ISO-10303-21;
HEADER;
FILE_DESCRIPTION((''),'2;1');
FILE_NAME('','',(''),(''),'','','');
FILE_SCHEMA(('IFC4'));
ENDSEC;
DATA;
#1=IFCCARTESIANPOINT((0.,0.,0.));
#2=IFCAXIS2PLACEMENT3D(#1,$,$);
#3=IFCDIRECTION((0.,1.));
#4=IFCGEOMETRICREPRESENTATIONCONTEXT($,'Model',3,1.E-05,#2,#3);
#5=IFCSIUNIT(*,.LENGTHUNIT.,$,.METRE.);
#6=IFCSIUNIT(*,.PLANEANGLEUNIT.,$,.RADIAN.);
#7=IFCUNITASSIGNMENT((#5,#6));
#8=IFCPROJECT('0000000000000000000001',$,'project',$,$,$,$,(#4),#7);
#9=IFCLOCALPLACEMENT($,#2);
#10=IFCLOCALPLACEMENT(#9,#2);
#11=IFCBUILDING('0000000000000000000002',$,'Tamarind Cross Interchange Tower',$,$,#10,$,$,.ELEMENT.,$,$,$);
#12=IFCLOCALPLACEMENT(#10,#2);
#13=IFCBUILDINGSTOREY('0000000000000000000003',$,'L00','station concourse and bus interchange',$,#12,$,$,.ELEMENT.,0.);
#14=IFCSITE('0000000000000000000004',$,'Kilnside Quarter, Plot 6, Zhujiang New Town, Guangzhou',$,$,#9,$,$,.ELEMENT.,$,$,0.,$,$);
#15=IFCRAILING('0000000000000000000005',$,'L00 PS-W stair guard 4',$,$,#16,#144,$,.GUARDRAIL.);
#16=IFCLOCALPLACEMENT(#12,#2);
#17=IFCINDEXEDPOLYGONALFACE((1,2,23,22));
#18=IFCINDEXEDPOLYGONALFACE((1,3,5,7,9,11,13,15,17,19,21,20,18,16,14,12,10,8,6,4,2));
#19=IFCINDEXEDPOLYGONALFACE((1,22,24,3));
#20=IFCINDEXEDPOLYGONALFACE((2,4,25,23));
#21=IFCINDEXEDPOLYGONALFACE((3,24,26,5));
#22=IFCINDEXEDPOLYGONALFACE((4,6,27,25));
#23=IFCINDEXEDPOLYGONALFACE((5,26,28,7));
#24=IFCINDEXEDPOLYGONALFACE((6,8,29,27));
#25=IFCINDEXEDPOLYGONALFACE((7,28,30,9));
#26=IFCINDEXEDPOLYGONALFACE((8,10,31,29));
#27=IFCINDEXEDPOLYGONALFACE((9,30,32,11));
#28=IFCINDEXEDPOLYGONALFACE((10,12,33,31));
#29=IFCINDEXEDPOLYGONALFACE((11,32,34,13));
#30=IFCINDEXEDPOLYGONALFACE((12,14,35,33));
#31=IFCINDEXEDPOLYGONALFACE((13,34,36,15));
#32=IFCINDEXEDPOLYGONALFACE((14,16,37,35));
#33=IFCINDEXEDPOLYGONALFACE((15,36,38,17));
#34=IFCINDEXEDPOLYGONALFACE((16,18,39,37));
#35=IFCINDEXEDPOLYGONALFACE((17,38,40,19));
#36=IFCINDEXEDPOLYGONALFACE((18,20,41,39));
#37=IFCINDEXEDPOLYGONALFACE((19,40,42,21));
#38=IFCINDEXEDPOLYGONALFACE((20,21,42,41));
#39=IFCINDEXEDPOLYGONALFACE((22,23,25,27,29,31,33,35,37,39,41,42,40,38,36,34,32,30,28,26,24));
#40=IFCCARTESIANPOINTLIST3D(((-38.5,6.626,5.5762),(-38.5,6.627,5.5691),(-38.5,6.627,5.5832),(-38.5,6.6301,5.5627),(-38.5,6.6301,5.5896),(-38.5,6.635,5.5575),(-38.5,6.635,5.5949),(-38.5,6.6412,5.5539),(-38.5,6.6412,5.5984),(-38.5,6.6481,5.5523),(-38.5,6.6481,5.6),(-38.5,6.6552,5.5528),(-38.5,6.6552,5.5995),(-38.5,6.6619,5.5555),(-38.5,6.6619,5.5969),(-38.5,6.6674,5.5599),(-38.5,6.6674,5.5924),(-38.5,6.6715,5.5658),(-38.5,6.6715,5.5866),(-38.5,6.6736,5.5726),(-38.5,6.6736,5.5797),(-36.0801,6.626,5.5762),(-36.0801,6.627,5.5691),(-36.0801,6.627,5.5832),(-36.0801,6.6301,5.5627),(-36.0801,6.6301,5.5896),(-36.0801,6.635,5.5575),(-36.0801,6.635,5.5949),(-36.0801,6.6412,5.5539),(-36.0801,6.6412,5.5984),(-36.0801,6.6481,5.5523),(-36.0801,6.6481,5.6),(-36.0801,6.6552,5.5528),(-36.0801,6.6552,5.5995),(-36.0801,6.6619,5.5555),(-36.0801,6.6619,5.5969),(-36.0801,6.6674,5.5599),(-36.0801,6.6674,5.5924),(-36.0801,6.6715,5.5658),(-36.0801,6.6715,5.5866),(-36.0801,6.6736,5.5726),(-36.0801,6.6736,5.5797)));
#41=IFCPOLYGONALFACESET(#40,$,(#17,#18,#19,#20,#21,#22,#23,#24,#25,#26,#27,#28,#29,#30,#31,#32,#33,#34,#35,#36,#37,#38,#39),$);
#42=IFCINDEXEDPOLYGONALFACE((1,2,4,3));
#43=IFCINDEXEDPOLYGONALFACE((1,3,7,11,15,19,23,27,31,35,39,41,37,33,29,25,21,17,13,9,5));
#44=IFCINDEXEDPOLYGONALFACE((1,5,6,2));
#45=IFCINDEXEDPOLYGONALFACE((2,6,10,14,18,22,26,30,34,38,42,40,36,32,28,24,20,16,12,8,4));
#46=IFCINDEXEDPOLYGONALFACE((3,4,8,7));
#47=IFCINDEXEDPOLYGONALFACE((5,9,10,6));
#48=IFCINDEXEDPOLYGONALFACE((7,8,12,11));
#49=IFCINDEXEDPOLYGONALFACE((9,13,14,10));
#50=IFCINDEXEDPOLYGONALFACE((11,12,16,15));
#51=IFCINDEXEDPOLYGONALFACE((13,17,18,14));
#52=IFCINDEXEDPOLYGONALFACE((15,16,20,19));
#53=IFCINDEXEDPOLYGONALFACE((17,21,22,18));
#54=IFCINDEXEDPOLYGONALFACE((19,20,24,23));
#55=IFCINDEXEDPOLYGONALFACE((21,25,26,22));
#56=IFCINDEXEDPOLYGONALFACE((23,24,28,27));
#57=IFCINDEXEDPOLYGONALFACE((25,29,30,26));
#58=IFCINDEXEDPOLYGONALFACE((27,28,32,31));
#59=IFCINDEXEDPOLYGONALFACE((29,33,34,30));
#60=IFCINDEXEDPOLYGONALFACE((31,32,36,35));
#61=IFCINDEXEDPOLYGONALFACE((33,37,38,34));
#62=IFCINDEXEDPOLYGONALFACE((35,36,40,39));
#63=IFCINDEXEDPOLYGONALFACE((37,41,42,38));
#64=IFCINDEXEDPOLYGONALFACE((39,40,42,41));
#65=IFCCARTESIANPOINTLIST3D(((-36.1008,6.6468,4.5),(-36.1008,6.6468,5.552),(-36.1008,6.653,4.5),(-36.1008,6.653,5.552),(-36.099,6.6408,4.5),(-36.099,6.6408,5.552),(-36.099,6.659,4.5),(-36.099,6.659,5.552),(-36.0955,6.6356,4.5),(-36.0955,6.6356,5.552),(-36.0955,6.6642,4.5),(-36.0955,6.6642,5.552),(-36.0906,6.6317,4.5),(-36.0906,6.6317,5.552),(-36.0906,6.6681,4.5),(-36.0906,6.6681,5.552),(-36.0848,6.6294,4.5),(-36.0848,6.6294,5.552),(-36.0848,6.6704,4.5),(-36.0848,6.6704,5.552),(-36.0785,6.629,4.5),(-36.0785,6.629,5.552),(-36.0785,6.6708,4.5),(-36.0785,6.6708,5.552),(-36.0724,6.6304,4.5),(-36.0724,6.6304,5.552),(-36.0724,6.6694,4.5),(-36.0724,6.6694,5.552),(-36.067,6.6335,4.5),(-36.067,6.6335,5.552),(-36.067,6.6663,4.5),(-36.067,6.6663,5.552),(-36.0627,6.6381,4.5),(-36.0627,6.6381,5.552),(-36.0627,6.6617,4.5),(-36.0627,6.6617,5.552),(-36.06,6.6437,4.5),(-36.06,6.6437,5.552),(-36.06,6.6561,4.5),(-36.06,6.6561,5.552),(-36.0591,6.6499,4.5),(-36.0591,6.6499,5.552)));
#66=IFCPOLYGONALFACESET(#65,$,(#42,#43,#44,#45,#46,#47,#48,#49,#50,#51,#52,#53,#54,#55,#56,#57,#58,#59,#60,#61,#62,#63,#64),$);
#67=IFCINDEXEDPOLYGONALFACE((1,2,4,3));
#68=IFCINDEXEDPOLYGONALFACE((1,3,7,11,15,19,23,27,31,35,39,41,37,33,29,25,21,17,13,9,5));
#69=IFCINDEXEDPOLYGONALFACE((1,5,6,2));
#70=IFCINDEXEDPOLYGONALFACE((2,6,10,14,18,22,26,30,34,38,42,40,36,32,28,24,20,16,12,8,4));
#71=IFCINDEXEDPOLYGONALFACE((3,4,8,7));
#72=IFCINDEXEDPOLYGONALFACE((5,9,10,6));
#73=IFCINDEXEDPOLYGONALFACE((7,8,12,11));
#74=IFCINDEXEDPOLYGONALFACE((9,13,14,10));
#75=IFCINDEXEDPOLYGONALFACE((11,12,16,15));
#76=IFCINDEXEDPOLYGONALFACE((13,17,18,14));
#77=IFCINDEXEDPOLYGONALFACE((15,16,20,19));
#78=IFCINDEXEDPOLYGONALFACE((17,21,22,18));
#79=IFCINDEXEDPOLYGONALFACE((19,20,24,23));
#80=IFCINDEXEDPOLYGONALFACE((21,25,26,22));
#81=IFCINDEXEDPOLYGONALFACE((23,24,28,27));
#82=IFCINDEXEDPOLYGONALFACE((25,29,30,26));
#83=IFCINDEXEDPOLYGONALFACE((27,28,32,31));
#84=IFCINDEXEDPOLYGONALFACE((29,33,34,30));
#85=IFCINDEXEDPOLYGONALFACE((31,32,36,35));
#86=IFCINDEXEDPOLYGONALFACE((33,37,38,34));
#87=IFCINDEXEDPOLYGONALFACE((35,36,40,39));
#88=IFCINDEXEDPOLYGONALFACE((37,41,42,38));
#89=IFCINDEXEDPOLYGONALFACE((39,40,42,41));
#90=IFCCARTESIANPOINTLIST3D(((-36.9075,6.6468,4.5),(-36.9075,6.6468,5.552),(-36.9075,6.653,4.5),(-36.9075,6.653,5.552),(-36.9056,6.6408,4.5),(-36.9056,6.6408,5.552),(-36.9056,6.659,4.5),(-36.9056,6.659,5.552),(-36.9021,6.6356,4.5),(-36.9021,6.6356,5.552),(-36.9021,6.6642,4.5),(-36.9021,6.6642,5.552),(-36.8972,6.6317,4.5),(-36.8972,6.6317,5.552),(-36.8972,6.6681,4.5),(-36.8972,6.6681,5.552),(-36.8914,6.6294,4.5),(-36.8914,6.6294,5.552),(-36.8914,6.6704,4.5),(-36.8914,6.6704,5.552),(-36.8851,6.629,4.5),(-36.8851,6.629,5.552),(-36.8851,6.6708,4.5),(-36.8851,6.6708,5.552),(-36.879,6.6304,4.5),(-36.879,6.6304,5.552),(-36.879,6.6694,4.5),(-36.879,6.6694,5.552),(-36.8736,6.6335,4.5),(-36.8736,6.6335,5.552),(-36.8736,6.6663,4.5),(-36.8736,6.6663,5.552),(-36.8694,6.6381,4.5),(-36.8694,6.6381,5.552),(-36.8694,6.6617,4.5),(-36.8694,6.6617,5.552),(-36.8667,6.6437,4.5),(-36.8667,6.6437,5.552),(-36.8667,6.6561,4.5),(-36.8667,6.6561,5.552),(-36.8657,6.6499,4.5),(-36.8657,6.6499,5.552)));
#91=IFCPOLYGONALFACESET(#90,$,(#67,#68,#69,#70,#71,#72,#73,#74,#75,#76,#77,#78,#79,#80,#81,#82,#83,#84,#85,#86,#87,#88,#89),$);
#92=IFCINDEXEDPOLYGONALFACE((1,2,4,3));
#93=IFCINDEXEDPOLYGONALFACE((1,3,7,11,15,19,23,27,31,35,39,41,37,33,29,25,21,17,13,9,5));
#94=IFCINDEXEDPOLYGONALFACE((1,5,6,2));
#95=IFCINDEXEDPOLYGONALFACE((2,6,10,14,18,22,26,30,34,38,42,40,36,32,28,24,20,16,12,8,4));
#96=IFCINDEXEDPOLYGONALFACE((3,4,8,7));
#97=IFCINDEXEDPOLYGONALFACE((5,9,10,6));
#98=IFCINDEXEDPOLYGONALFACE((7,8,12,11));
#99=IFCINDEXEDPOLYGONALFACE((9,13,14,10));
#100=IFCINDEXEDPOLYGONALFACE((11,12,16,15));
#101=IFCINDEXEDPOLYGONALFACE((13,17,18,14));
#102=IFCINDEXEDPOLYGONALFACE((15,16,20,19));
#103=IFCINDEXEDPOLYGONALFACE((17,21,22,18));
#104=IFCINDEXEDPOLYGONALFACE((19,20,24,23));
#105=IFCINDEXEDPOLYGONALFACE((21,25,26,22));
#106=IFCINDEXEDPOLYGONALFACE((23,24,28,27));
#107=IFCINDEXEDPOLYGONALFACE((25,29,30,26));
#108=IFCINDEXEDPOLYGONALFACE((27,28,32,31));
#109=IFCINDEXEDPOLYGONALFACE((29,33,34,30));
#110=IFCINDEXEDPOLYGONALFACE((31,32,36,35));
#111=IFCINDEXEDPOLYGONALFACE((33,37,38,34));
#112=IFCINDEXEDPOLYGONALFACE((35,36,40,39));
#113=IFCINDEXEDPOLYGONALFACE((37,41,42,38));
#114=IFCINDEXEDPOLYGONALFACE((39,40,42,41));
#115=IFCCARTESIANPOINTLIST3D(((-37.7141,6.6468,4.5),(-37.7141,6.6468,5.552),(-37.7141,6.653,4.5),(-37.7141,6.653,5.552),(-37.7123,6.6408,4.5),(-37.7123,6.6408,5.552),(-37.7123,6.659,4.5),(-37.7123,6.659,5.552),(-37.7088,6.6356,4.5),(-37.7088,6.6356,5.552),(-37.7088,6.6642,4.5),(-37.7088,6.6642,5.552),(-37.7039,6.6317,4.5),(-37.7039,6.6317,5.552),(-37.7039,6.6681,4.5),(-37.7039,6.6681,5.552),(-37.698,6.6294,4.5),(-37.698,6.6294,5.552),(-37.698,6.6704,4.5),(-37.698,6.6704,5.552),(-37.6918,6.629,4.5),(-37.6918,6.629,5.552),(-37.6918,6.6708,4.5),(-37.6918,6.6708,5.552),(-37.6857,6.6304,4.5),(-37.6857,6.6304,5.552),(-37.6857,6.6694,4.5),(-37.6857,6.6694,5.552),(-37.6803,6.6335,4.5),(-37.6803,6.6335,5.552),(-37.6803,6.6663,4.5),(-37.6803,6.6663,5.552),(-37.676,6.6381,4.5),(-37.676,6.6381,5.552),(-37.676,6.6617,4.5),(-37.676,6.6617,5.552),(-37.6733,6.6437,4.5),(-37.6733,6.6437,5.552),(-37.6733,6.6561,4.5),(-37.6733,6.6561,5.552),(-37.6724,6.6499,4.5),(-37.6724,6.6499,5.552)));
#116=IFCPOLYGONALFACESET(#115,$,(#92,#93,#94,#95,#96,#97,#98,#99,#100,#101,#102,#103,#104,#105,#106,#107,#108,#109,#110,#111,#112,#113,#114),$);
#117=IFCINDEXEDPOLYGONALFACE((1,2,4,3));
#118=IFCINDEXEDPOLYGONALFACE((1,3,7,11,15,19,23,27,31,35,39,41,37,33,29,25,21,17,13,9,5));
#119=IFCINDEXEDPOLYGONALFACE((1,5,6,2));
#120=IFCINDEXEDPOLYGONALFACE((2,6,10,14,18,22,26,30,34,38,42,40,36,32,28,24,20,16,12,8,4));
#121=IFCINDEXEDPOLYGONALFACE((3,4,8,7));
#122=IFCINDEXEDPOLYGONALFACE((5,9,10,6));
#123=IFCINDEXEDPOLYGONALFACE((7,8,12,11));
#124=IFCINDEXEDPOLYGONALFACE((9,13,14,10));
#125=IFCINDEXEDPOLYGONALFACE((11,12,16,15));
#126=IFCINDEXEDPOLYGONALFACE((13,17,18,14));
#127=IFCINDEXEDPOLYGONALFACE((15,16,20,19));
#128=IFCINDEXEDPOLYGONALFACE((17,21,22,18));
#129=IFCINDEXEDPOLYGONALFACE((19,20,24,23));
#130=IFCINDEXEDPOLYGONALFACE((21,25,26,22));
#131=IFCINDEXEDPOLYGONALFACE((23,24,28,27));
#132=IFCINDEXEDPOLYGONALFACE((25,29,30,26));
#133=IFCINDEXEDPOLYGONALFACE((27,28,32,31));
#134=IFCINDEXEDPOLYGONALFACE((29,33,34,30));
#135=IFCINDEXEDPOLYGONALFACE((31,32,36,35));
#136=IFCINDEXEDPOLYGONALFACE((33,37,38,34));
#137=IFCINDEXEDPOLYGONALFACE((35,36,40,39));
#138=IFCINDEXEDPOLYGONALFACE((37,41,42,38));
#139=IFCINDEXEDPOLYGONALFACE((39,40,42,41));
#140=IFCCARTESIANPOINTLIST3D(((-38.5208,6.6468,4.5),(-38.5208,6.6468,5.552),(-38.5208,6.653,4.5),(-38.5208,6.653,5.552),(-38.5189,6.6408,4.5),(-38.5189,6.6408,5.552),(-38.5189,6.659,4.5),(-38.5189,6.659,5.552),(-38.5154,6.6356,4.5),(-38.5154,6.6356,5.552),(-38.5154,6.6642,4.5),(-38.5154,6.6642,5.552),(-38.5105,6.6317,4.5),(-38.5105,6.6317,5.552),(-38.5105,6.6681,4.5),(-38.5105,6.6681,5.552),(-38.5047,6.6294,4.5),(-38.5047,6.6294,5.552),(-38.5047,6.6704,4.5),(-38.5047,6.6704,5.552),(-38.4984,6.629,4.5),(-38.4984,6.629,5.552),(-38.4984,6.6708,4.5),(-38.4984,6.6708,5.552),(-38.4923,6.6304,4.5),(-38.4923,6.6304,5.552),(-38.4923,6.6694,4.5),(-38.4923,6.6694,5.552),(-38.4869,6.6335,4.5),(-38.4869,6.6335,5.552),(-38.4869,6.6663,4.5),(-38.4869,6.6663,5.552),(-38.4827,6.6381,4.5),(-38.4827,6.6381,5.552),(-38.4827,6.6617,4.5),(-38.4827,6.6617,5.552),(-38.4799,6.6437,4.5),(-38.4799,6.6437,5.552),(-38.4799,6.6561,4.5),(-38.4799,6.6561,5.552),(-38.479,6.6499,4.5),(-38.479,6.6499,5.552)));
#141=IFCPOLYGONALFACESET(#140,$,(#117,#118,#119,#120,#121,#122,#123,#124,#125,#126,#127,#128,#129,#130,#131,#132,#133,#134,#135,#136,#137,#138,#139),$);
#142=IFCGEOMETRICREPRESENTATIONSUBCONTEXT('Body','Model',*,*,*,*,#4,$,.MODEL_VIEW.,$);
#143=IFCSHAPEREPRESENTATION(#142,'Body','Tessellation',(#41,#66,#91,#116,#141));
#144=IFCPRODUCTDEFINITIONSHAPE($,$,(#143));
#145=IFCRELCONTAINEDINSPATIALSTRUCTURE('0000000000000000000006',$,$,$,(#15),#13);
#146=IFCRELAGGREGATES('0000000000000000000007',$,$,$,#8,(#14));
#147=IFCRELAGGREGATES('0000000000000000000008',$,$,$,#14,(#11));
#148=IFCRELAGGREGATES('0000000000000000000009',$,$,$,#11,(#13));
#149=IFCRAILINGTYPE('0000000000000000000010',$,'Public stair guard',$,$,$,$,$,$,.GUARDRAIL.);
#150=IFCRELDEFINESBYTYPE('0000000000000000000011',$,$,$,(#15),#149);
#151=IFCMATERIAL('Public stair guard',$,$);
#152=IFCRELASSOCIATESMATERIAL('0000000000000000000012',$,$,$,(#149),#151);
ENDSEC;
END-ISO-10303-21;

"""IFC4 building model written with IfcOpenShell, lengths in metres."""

from ifc_helpers import new_model, si_unit, direction, frame, origin, origin_2d, place, context, subcontext, project, spatial, circle, extrude, material, type_object, element, save


model = new_model("IFC4")

# Units and contexts
model_context = context("Model", 3, precision=1e-05, world=origin(), true_north=direction((0.0, 1.0)))
body_context = subcontext(model_context, "Body", "Model", "MODEL_VIEW")
ifc_project = project(units=[si_unit("LENGTHUNIT", "METRE"), si_unit("PLANEANGLEUNIT", "RADIAN")], contexts=[model_context])

# Site, building, storey
site_placement = place(None, origin())
site = spatial("IfcSite", under=ifc_project, at=site_placement, Name="Kilnside Quarter, Plot 6, Zhujiang New Town, Guangzhou", CompositionType="ELEMENT", RefElevation=0.0)
building_placement = place(site_placement, origin())
building = spatial("IfcBuilding", under=site, at=building_placement, Name="Tamarind Cross Interchange Tower", CompositionType="ELEMENT")
storey_placement = place(building_placement, origin())
storey = spatial("IfcBuildingStorey", under=building, at=storey_placement, Name="L00", Description="station concourse and bus interchange", CompositionType="ELEMENT", Elevation=0.0)

# Railing
ifc_material_1 = material(Name="Public stair guard")
railing_type_1 = type_object("IfcRailingType", Name="Public stair guard", PredefinedType="GUARDRAIL", material=ifc_material_1)
for number, where, name in (
    (1, (-36.0801, 6.6499, 4.5), "L00 PS-W stair guard 4"),
):
    element("IfcRailing", number, at=place(storey_placement, frame(where)), inside=storey, type_object=railing_type_1, Name=name, PredefinedType="GUARDRAIL", context=body_context, shape_type="SweptSolid", body=[
        extrude(circle(Radius=0.0239, at=origin_2d()), frame((0.0, 0.0, 1.0762), z_axis=(-1.0, 0.0, 0.0), x_axis=(0.0, -1.0, 0.0)), (0.0, 0.0, 1.0), 2.4199),
        extrude(circle(Radius=0.021, at=origin_2d()), origin(), (0.0, 0.0, 1.0), 1.052),
        extrude(circle(Radius=0.021, at=origin_2d()), frame((-0.8066, 0.0, 0.0)), (0.0, 0.0, 1.0), 1.052),
        extrude(circle(Radius=0.021, at=origin_2d()), frame((-1.6133, 0.0, 0.0)), (0.0, 0.0, 1.0), 1.052),
        extrude(circle(Radius=0.021, at=origin_2d()), frame((-2.4199, 0.0, 0.0)), (0.0, 0.0, 1.0), 1.052),
    ])

save(model, "model.ifc")
